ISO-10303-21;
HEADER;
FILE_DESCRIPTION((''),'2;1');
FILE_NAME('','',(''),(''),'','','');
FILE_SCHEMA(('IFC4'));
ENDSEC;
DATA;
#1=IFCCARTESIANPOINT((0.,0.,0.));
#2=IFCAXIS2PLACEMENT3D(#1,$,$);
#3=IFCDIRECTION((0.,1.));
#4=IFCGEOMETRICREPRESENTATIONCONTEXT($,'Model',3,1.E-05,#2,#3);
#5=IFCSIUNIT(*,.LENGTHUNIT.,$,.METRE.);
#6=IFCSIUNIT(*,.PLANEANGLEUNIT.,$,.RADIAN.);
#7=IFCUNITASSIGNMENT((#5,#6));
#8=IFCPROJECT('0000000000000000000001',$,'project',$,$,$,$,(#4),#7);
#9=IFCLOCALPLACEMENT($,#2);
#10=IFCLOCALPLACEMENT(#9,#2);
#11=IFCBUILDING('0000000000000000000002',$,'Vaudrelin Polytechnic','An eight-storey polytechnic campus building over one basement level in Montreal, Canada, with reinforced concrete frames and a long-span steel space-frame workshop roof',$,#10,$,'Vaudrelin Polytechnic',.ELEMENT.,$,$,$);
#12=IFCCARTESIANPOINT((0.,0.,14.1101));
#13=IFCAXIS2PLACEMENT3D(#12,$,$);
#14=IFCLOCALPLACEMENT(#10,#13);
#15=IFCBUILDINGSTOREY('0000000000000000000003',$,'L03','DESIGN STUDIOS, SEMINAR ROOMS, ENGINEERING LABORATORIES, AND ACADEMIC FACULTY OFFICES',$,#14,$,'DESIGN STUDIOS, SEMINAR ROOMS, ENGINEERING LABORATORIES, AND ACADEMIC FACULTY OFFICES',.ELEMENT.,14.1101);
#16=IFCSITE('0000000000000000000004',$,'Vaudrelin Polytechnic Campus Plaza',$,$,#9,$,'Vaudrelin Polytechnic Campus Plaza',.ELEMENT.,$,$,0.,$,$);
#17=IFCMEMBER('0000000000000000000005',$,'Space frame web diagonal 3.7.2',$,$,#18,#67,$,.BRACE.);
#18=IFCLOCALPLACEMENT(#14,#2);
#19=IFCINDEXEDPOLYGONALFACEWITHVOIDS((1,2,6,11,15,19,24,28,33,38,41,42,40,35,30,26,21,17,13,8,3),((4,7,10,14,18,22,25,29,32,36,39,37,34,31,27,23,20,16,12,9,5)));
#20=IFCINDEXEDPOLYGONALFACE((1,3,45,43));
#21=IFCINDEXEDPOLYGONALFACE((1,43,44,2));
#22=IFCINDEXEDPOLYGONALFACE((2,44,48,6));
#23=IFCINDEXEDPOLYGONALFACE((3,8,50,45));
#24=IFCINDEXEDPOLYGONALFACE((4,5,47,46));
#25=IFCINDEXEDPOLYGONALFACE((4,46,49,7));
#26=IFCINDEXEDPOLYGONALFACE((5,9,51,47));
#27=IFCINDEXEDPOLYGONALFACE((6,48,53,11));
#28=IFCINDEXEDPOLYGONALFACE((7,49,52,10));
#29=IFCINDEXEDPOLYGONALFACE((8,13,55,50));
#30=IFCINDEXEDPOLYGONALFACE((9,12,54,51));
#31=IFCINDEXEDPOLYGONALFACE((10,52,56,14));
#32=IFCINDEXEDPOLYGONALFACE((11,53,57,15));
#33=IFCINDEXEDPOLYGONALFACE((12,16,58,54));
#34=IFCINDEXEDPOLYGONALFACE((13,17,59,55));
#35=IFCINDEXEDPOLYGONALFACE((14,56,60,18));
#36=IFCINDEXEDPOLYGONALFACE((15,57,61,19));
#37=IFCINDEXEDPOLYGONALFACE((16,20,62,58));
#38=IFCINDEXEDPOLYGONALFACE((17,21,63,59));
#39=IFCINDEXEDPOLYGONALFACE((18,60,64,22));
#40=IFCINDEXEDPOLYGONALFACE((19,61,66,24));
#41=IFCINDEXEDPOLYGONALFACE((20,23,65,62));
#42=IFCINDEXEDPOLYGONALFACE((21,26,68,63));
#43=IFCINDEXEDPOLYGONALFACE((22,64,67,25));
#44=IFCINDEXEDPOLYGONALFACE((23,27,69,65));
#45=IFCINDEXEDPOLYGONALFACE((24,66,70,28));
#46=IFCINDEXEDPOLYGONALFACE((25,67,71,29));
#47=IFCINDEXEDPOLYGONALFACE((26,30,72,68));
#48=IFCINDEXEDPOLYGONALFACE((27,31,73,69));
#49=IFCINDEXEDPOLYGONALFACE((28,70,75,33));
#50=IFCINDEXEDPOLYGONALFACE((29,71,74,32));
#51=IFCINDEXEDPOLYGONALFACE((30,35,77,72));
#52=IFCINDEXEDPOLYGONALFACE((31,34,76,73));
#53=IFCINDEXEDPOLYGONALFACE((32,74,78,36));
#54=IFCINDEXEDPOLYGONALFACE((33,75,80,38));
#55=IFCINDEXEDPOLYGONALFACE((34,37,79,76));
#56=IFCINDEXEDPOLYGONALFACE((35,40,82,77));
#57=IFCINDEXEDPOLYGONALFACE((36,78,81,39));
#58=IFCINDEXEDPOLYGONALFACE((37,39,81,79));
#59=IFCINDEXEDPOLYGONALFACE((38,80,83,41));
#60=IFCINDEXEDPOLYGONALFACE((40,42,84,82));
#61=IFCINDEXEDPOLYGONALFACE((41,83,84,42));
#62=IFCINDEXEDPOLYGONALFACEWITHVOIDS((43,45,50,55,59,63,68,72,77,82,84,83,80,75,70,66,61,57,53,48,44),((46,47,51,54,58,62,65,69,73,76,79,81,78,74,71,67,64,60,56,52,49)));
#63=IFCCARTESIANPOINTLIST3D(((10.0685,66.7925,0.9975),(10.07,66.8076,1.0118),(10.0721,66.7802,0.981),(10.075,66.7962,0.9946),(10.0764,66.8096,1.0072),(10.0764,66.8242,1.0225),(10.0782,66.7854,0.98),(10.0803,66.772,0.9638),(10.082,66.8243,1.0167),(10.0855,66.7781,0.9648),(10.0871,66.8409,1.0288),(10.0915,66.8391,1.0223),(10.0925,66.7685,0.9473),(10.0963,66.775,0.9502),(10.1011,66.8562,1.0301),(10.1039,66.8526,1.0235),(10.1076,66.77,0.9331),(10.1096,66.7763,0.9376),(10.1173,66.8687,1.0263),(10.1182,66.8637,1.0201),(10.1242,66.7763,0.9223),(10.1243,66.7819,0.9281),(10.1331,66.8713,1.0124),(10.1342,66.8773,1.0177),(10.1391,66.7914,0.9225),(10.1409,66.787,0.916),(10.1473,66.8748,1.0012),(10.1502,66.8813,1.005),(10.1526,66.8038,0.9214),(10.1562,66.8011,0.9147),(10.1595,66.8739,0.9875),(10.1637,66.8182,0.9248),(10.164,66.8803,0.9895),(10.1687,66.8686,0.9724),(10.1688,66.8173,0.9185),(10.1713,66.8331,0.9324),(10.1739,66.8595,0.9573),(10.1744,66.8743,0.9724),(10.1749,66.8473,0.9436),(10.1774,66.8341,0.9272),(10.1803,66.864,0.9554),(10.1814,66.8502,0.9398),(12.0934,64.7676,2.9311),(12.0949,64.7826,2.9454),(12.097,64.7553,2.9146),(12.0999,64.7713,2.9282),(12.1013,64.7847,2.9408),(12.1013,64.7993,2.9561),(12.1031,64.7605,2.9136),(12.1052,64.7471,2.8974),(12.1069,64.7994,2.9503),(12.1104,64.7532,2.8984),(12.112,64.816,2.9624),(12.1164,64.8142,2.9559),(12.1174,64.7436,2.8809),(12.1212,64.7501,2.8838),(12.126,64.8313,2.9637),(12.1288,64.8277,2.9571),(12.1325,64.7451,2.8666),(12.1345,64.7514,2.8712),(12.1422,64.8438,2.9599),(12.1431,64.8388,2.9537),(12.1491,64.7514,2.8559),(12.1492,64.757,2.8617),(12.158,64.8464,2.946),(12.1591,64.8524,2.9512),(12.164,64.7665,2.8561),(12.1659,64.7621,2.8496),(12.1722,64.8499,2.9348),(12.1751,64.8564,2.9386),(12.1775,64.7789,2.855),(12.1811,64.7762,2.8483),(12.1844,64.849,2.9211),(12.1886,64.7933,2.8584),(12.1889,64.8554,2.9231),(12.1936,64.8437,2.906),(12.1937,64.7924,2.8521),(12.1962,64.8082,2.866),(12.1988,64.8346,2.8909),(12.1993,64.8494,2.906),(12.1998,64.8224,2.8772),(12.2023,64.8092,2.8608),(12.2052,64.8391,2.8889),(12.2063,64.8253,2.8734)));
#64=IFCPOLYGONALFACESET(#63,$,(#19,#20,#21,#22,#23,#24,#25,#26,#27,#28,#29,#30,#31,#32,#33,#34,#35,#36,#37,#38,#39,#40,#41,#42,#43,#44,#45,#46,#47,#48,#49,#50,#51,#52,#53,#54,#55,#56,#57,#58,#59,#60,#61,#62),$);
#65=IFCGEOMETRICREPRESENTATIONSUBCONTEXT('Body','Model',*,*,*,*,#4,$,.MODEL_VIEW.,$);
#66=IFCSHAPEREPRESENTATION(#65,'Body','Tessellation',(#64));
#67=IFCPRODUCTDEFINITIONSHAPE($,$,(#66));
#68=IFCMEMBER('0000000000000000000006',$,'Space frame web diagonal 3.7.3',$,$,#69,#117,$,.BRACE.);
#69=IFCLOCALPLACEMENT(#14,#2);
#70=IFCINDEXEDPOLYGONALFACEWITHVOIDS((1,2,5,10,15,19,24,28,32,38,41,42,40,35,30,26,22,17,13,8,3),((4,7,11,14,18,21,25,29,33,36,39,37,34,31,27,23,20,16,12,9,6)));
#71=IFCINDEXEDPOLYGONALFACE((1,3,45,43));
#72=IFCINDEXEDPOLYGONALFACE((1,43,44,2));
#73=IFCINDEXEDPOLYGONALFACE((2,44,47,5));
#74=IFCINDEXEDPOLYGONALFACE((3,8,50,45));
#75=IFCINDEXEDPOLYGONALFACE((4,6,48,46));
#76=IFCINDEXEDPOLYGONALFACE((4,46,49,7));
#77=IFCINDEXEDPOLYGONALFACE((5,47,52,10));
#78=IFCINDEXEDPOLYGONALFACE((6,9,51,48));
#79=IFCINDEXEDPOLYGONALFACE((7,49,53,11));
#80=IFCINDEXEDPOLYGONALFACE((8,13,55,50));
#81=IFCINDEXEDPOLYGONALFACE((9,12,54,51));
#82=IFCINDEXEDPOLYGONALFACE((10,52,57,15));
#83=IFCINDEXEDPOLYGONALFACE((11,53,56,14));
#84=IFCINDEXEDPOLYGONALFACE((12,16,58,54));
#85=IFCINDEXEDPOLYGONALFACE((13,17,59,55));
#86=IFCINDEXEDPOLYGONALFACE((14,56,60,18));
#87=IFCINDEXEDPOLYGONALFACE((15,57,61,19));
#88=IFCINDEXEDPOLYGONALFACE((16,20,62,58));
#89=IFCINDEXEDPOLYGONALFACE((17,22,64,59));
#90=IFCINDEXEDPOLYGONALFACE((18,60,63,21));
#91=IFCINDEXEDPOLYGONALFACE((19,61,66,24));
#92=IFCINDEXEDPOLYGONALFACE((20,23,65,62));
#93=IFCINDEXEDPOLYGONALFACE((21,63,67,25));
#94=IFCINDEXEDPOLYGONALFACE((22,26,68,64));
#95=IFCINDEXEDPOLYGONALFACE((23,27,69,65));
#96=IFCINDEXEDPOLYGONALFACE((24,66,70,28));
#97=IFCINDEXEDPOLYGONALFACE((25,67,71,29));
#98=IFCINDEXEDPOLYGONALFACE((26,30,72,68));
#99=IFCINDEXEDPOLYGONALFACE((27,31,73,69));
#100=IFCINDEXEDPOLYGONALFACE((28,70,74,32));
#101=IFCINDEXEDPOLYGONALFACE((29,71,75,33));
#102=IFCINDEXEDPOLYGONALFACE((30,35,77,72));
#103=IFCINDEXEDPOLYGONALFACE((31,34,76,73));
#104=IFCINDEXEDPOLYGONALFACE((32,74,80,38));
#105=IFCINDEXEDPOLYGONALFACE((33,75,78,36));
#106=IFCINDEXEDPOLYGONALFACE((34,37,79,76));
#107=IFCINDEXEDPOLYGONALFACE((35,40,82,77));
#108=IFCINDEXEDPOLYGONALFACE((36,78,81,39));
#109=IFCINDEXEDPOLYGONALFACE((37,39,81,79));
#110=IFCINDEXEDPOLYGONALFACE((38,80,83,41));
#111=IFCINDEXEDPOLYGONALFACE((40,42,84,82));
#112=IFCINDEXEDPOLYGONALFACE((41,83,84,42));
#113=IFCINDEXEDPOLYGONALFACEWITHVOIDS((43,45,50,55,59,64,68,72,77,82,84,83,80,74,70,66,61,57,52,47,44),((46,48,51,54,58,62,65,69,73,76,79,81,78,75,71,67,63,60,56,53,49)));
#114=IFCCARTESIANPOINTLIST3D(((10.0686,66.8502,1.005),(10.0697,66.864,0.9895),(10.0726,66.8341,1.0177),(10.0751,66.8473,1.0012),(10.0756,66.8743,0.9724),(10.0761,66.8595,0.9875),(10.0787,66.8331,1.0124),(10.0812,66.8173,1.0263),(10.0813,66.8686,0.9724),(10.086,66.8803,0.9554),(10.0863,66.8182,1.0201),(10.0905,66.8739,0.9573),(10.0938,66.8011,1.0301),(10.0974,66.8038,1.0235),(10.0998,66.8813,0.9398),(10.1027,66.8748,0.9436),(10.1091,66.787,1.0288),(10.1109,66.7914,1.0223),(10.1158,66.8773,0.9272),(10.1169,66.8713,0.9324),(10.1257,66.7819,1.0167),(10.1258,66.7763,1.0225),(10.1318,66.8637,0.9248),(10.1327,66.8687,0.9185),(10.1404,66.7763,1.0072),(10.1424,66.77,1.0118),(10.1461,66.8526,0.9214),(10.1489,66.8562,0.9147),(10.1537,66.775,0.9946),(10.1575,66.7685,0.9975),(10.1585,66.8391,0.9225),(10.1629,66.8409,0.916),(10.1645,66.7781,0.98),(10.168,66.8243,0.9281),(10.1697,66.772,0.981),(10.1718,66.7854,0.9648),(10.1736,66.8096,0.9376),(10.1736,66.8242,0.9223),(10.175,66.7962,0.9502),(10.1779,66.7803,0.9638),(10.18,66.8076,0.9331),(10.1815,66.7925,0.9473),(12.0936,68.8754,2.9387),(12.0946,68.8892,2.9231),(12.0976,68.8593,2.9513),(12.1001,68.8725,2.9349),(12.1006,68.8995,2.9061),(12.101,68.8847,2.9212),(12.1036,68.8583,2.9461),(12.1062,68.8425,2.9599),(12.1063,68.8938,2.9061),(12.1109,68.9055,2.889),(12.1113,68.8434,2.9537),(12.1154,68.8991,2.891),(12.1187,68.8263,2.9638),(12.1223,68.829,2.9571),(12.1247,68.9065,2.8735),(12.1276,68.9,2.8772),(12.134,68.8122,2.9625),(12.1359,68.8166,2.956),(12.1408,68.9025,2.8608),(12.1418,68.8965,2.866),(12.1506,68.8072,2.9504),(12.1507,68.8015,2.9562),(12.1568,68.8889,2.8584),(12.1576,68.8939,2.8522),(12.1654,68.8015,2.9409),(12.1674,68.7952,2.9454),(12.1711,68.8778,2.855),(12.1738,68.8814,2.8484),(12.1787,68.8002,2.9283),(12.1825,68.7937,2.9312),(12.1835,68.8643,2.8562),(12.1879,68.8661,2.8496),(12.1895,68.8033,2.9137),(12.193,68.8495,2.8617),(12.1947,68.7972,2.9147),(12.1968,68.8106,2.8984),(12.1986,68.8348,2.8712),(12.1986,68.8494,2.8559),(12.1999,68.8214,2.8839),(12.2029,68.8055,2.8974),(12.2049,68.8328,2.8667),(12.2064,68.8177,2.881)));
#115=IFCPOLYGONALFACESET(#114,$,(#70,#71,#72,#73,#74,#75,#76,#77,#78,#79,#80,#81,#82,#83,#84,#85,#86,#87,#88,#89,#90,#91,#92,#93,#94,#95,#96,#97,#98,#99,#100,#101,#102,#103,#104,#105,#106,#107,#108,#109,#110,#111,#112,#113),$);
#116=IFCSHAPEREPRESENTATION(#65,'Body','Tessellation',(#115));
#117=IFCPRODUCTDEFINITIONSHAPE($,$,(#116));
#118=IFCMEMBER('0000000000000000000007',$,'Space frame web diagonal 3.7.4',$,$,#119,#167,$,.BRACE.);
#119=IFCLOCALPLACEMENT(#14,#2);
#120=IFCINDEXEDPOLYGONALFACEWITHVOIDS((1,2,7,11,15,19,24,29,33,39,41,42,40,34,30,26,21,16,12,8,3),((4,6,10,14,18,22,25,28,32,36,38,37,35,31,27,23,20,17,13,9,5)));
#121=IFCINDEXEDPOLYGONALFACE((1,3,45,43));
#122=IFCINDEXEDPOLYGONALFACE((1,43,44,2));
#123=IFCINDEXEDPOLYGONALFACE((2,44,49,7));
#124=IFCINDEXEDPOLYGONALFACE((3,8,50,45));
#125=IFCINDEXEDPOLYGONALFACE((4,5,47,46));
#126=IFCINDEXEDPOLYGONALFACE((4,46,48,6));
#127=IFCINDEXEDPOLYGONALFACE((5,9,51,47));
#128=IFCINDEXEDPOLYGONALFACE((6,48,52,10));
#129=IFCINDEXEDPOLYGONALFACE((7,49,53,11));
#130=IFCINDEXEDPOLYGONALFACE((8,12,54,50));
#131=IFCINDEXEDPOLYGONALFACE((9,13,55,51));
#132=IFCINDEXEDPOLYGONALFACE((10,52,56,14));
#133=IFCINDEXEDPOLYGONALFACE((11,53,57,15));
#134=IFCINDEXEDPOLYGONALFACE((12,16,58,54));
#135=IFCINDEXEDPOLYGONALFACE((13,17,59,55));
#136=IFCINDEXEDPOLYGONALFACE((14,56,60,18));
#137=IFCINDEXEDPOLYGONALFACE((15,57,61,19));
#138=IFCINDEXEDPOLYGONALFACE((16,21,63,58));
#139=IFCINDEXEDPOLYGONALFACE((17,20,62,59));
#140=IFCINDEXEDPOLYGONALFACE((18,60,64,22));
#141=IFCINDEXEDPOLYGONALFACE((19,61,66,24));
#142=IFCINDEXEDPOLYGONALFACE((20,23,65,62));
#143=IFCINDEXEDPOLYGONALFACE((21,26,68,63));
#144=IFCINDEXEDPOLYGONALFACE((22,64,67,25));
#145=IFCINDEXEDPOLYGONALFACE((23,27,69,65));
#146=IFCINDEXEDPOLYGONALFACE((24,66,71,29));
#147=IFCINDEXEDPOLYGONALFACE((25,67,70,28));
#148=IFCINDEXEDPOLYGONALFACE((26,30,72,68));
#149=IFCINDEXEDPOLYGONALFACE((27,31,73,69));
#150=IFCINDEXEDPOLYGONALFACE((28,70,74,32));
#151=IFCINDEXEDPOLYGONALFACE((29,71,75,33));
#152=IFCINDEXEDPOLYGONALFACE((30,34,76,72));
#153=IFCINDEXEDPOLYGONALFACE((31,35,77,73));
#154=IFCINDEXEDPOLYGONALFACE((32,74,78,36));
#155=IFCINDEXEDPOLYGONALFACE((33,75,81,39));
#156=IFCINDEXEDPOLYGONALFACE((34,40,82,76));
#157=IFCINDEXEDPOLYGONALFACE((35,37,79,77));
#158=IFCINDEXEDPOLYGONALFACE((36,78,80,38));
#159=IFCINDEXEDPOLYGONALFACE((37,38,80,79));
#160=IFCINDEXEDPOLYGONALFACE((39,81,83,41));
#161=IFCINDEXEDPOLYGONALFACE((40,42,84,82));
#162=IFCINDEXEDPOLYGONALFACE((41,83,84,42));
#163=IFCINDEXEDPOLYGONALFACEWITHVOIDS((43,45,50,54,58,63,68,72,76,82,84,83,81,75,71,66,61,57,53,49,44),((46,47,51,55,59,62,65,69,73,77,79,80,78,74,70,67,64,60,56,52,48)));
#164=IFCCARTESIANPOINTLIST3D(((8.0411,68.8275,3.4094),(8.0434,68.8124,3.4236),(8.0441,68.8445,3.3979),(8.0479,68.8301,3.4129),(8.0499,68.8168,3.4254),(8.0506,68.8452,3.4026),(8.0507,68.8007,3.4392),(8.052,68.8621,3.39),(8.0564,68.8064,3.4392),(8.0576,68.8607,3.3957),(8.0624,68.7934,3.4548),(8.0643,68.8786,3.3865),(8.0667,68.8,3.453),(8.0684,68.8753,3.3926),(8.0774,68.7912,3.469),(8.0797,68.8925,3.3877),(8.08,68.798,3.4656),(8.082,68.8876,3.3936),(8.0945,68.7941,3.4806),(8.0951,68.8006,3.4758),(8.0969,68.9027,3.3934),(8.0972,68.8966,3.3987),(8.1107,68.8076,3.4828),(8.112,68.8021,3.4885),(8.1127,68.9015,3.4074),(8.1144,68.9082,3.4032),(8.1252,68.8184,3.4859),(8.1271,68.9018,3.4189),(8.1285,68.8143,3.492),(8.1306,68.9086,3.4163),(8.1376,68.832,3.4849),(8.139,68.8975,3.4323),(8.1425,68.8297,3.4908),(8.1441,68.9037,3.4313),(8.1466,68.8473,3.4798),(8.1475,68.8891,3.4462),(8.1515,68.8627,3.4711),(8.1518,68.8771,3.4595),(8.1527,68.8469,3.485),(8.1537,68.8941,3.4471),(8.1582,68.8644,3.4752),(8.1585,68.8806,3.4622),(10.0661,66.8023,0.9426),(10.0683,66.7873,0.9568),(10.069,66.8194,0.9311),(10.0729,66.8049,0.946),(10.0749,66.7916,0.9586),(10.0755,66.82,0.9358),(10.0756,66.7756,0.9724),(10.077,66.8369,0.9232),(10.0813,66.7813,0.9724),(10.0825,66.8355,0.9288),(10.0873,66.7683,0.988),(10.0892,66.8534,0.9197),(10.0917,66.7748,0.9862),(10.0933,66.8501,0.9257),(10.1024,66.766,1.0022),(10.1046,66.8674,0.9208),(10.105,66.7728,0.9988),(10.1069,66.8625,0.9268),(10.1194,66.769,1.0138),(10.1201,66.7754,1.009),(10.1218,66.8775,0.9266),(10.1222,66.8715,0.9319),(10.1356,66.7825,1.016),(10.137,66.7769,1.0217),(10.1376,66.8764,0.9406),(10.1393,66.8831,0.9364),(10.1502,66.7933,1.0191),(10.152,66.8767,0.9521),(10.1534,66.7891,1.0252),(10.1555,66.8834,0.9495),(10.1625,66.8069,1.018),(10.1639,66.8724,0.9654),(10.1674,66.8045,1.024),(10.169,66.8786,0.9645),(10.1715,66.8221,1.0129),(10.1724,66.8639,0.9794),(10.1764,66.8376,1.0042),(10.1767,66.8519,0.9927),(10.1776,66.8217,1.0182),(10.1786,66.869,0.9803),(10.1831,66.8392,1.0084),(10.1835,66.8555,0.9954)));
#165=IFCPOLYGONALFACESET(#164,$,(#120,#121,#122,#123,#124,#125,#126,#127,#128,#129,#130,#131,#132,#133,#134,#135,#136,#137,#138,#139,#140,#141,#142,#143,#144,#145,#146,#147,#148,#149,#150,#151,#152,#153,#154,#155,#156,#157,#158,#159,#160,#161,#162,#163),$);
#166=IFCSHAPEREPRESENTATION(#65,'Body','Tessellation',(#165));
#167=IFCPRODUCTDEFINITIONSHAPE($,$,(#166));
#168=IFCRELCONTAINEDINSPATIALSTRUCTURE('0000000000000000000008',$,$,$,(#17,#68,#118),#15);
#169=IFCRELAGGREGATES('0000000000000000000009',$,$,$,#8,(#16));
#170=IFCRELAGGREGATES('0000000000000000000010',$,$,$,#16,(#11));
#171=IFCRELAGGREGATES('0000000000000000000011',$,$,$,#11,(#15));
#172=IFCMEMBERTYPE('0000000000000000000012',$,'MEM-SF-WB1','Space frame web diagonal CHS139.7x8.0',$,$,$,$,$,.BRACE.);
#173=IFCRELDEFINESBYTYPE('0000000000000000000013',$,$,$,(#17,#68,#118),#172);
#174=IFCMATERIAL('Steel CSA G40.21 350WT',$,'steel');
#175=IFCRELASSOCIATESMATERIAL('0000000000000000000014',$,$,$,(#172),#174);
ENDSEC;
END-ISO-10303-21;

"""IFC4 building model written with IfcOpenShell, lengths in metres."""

from ifc_helpers import new_model, si_unit, direction, frame, origin, origin_2d, place, context, subcontext, project, spatial, hollow_circle, extrude, material, material_profile, profile_set, type_object, element, save


model = new_model("IFC4")

# Units and contexts
model_context = context("Model", 3, precision=1e-05, world=origin(), true_north=direction((0.0, 1.0)))
body_context = subcontext(model_context, "Body", "Model", "MODEL_VIEW")
ifc_project = project(units=[si_unit("LENGTHUNIT", "METRE"), si_unit("PLANEANGLEUNIT", "RADIAN")], contexts=[model_context])

# Site, building, storey
site_placement = place(None, origin())
site = spatial("IfcSite", under=ifc_project, at=site_placement, Name="Vaudrelin Polytechnic Campus Plaza", LongName="Vaudrelin Polytechnic Campus Plaza", CompositionType="ELEMENT", RefElevation=0.0)
building_placement = place(site_placement, origin())
building = spatial("IfcBuilding", under=site, at=building_placement, Name="Vaudrelin Polytechnic", Description="An eight-storey polytechnic campus building over one basement level in Montreal, Canada, with reinforced concrete frames and a long-span steel space-frame workshop roof", LongName="Vaudrelin Polytechnic", CompositionType="ELEMENT")
storey_placement = place(building_placement, frame((0.0, 0.0, 14.1101)))
storey = spatial("IfcBuildingStorey", under=building, at=storey_placement, Name="L03", Description="DESIGN STUDIOS, SEMINAR ROOMS, ENGINEERING LABORATORIES, AND ACADEMIC FACULTY OFFICES", LongName="DESIGN STUDIOS, SEMINAR ROOMS, ENGINEERING LABORATORIES, AND ACADEMIC FACULTY OFFICES", CompositionType="ELEMENT", Elevation=14.1101)

# Members
ifc_material = material(Name="Steel CSA G40.21 350WT", Category="steel")
ifc_material_profile_1 = material_profile(ifc_material, hollow_circle(Radius=0.0698, WallThickness=0.0081, at=origin_2d()), Name="CHS139.7x8.0")
ifc_profile_set_1 = profile_set([ifc_material_profile_1], Name="Steel CSA G40.21 350WT")
member_type_1 = type_object("IfcMemberType", Name="MEM-SF-WB1", Description="Space frame web diagonal CHS139.7x8.0", PredefinedType="BRACE", material=ifc_profile_set_1)
member_1_placement = place(storey_placement, frame((10.125, 66.825, 0.9724), z_axis=(0.586024, -0.586024, 0.559599), x_axis=(0.707107, 0.707107, 0.0)))
element("IfcMember", 1, at=member_1_placement, inside=storey, type_object=member_type_1, Name="Space frame web diagonal 3.7.2", PredefinedType="BRACE", context=body_context, shape_type="SweptSolid", body=[
    extrude(hollow_circle(Radius=0.0698, WallThickness=0.0081, at=origin_2d()), origin(), (0.0, 0.0, 1.0), 3.4553),
])
member_2_placement = place(storey_placement, frame((10.125, 66.825, 0.9724), z_axis=(0.586, 0.586071, 0.559576), x_axis=(-0.707149, 0.707064, 0.0)))
element("IfcMember", 2, at=member_2_placement, inside=storey, type_object=member_type_1, Name="Space frame web diagonal 3.7.3", PredefinedType="BRACE", context=body_context, shape_type="SweptSolid", body=[
    extrude(hollow_circle(Radius=0.0698, WallThickness=0.0081, at=origin_2d()), origin(), (0.0, 0.0, 1.0), 3.4556),
])
member_3_placement = place(storey_placement, frame((10.125, 66.825, 0.9724), z_axis=(-0.535723, 0.535788, 0.652634), x_axis=(-0.707149, -0.707064, 0.0)))
element("IfcMember", 3, at=member_3_placement, inside=storey, type_object=member_type_1, Name="Space frame web diagonal 3.7.4", PredefinedType="BRACE", context=body_context, shape_type="SweptSolid", body=[
    extrude(hollow_circle(Radius=0.0698, WallThickness=0.0081, at=origin_2d()), origin(), (0.0, 0.0, 1.0), 3.7798),
])

save(model, "model.ifc")
